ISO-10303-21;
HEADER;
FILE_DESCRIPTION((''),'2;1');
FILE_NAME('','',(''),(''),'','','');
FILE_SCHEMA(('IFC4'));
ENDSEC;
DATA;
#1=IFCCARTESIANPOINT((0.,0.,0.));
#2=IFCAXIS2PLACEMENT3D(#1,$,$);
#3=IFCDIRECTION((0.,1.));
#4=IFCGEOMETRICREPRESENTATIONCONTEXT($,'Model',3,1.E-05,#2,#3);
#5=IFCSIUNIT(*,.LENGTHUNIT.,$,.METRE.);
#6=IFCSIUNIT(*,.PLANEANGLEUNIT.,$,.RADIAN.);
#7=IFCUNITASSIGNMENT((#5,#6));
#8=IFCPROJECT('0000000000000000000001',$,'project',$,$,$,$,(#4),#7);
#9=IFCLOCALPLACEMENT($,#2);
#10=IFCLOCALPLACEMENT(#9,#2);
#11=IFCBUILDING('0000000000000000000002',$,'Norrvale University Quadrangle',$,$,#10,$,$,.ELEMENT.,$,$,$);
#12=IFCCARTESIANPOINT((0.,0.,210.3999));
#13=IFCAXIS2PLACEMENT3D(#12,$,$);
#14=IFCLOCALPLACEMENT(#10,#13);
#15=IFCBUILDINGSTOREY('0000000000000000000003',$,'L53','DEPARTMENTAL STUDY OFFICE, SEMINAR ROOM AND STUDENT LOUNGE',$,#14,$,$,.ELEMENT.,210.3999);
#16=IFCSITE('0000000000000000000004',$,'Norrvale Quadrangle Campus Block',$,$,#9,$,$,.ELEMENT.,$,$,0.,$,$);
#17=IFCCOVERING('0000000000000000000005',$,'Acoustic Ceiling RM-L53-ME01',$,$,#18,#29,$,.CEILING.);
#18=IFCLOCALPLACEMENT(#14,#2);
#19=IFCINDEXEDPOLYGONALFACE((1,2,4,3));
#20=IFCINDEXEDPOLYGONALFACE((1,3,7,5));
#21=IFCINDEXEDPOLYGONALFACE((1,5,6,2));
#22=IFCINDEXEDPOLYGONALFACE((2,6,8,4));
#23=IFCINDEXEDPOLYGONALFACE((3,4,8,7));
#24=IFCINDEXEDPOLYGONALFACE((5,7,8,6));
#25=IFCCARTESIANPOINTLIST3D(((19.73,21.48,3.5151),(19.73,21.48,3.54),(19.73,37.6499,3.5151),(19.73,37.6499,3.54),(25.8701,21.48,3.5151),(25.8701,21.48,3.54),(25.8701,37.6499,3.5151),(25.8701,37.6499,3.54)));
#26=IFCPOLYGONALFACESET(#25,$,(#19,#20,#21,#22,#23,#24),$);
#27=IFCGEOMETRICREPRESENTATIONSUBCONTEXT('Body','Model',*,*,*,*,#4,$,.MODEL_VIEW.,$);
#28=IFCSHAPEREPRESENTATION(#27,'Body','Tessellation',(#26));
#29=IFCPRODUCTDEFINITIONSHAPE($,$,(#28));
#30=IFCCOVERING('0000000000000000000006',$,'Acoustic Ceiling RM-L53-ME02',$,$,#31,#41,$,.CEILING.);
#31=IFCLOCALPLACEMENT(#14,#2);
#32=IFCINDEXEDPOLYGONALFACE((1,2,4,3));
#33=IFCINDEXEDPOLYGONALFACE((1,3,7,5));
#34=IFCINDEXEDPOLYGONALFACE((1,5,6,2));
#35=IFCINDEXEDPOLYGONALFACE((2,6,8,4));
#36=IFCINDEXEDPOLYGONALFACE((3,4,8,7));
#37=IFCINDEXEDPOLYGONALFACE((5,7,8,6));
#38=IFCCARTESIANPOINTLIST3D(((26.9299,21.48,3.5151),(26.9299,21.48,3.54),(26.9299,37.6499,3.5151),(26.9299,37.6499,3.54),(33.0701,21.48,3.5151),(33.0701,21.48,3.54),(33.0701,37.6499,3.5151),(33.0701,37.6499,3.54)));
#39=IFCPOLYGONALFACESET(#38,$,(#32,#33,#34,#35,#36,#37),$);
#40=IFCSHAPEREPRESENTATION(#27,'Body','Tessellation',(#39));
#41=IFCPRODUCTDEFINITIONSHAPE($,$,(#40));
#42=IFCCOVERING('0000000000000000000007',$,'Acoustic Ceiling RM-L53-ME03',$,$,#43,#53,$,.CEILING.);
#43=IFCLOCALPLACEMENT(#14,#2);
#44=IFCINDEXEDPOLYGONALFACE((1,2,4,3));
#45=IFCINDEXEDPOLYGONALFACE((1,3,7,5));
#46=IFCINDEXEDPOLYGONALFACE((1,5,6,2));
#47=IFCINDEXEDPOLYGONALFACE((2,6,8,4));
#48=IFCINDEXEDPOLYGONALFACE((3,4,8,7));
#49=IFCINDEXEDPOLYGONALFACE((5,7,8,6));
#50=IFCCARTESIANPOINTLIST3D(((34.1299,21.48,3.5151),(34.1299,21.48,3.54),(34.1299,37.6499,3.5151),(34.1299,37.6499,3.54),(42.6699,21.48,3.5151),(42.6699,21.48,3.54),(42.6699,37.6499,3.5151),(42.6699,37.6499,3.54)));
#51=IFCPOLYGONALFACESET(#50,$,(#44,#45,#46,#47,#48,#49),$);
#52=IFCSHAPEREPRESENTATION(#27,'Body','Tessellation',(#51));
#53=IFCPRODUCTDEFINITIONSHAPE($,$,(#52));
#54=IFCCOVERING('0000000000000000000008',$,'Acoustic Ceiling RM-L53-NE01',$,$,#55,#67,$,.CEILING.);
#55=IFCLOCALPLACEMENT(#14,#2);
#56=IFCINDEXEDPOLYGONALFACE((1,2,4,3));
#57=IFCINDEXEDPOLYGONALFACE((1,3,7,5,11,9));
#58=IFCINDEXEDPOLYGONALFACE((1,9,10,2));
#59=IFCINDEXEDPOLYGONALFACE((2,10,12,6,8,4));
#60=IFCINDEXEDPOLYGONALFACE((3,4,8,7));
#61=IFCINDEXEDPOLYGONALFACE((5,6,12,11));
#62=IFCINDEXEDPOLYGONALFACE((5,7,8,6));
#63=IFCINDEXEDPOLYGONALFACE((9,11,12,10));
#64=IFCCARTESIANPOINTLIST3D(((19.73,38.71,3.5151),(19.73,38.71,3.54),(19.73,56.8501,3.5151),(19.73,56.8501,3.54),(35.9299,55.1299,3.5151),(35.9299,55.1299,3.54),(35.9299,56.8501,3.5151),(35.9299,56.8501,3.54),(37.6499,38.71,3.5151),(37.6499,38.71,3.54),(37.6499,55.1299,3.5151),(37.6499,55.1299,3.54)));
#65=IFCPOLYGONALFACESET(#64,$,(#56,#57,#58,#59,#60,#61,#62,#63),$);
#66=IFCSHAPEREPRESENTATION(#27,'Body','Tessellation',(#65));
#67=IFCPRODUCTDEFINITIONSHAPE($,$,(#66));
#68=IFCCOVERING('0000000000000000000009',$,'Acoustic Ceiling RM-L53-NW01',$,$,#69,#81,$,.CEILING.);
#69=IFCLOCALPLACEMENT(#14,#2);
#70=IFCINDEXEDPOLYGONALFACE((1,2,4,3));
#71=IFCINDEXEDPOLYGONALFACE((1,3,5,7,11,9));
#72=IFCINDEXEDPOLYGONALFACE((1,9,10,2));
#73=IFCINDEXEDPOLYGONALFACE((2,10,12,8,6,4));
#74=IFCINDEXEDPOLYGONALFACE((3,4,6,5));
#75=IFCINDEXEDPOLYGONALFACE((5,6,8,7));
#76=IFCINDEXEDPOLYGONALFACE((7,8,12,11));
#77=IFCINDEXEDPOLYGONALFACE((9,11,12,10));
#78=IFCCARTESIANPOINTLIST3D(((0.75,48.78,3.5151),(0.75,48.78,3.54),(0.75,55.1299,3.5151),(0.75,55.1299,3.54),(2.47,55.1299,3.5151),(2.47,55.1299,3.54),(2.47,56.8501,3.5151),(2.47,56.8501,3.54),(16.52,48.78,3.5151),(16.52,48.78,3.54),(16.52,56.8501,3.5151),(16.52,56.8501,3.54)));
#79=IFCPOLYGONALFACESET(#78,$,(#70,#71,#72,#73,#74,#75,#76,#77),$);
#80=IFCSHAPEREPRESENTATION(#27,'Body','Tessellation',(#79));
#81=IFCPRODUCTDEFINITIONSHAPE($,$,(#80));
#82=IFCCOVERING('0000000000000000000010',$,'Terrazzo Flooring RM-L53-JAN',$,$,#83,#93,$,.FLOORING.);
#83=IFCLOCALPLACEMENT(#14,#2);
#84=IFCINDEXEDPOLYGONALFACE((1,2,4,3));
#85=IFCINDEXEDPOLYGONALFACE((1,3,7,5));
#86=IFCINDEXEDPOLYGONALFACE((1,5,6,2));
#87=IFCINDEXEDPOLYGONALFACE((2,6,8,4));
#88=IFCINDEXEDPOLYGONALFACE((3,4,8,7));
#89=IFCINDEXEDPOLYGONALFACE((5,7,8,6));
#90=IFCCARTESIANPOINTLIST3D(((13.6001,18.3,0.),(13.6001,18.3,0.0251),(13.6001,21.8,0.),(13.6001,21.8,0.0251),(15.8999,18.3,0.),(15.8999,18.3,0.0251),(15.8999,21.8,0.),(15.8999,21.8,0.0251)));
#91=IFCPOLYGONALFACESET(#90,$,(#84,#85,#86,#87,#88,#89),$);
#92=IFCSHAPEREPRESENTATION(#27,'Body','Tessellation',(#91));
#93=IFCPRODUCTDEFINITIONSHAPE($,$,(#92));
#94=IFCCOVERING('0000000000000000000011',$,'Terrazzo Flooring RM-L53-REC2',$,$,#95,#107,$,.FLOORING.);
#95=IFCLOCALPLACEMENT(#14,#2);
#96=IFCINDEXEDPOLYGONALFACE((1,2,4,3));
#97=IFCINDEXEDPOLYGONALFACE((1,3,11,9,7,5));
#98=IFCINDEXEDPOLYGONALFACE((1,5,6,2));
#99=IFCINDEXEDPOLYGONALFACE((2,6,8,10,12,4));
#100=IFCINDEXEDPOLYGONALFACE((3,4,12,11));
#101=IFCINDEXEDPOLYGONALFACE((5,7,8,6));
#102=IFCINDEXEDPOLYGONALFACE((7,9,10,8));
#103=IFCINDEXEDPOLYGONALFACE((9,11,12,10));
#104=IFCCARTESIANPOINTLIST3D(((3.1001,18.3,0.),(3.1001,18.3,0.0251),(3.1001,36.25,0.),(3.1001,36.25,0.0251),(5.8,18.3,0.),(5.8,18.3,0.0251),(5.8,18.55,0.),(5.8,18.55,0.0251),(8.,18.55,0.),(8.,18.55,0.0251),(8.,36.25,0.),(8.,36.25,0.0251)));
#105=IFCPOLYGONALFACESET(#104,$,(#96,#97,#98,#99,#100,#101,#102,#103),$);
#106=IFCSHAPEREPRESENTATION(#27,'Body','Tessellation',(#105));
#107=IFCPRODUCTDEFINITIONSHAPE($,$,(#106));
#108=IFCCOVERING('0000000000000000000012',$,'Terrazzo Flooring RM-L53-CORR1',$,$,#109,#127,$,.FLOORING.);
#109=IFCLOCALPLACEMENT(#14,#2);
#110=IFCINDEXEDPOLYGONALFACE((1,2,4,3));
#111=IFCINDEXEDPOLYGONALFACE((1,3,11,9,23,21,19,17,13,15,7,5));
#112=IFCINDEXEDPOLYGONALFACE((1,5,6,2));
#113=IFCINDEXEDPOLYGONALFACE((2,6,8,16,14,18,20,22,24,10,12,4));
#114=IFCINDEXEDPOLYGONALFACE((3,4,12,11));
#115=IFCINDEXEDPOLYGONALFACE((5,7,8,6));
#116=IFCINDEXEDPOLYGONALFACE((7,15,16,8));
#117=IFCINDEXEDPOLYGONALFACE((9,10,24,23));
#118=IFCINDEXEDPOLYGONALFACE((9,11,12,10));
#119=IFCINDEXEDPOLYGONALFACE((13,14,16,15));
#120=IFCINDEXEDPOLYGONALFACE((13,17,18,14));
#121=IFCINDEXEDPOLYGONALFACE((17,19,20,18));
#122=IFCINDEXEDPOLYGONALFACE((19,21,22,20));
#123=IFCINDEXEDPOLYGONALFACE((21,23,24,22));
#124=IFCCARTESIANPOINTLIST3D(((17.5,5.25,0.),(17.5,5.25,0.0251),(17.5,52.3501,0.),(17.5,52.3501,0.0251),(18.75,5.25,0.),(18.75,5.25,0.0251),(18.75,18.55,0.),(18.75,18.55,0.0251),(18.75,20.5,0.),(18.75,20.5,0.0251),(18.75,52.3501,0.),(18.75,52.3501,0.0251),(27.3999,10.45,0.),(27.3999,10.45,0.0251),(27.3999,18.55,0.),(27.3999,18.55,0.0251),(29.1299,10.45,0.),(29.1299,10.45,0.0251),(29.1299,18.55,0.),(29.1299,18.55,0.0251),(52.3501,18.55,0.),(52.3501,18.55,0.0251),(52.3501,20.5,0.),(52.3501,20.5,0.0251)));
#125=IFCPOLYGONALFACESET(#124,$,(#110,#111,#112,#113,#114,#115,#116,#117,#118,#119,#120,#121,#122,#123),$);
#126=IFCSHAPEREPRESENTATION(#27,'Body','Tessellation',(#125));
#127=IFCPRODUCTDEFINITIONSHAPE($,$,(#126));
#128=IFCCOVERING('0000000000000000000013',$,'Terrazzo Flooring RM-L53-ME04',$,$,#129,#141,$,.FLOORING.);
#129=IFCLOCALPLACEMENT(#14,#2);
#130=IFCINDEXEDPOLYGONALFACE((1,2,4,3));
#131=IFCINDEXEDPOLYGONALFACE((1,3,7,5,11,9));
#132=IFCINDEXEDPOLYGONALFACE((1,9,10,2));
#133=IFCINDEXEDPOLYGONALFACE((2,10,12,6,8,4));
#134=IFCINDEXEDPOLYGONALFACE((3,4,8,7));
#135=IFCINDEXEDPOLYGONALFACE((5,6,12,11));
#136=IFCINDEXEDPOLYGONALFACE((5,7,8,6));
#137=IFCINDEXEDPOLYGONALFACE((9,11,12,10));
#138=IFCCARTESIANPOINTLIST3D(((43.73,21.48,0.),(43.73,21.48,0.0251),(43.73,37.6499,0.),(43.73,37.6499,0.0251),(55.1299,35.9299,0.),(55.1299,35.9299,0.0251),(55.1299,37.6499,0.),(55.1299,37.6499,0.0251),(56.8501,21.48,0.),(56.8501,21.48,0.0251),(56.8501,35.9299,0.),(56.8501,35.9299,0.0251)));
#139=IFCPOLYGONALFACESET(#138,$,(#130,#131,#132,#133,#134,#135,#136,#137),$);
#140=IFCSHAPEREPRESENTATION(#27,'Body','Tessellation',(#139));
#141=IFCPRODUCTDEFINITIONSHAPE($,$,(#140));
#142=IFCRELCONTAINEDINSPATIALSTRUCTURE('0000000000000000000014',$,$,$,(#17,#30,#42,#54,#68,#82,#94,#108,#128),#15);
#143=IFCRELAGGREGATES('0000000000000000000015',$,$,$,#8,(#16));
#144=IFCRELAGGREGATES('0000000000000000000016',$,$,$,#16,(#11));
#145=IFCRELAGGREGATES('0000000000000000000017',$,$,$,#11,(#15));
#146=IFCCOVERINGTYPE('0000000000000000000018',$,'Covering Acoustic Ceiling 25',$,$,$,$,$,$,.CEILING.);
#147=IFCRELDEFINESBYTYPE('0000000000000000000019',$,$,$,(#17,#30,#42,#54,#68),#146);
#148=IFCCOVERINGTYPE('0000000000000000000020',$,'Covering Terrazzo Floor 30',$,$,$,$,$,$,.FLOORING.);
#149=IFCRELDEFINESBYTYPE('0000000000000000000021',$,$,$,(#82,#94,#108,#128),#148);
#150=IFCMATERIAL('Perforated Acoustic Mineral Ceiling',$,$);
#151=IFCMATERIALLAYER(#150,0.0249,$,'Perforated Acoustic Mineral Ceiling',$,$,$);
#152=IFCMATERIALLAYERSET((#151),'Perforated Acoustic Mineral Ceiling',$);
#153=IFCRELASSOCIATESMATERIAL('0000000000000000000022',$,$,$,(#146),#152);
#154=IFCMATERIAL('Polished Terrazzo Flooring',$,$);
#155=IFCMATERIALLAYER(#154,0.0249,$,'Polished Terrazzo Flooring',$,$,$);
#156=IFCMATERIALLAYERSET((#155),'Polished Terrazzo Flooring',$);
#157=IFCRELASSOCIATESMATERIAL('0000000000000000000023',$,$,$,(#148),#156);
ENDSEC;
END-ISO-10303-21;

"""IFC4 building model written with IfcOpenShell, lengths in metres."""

from ifc_helpers import new_model, si_unit, direction, frame, origin, place, context, subcontext, project, spatial, polyline, outline, extrude, material, layer, layer_set, type_object, element, save


model = new_model("IFC4")

# Units and contexts
model_context = context("Model", 3, precision=1e-05, world=origin(), true_north=direction((0.0, 1.0)))
body_context = subcontext(model_context, "Body", "Model", "MODEL_VIEW")
ifc_project = project(units=[si_unit("LENGTHUNIT", "METRE"), si_unit("PLANEANGLEUNIT", "RADIAN")], contexts=[model_context])

# Site, building, storey
site_placement = place(None, origin())
site = spatial("IfcSite", under=ifc_project, at=site_placement, Name="Norrvale Quadrangle Campus Block", CompositionType="ELEMENT", RefElevation=0.0)
building_placement = place(site_placement, origin())
building = spatial("IfcBuilding", under=site, at=building_placement, Name="Norrvale University Quadrangle", CompositionType="ELEMENT")
storey_placement = place(building_placement, frame((0.0, 0.0, 210.3999)))
storey = spatial("IfcBuildingStorey", under=building, at=storey_placement, Name="L53", Description="DEPARTMENTAL STUDY OFFICE, SEMINAR ROOM AND STUDENT LOUNGE", CompositionType="ELEMENT", Elevation=210.3999)

# Coverings
ifc_material_1 = material(Name="Perforated Acoustic Mineral Ceiling")
ifc_layer_1 = layer(ifc_material_1, 0.0249, Name="Perforated Acoustic Mineral Ceiling")
ifc_layer_set_1 = layer_set([ifc_layer_1], Name="Perforated Acoustic Mineral Ceiling")
covering_type_1 = type_object("IfcCoveringType", Name="Covering Acoustic Ceiling 25", PredefinedType="CEILING", material=ifc_layer_set_1)
covering_1_placement = place(storey_placement, frame((0.0, 0.0, 3.5151)))
element("IfcCovering", 1, at=covering_1_placement, inside=storey, type_object=covering_type_1, Name="Acoustic Ceiling RM-L53-ME01", PredefinedType="CEILING", context=body_context, shape_type="SweptSolid", body=[
    extrude(outline(polyline([(19.73, 37.6499), (25.8701, 37.6499), (25.8701, 21.48), (19.73, 21.48), (19.73, 37.6499)])), origin(), (0.0, 0.0, 1.0), 0.0249),
])
covering_2_placement = place(storey_placement, frame((0.0, 0.0, 3.5151)))
element("IfcCovering", 2, at=covering_2_placement, inside=storey, type_object=covering_type_1, Name="Acoustic Ceiling RM-L53-ME02", PredefinedType="CEILING", context=body_context, shape_type="SweptSolid", body=[
    extrude(outline(polyline([(26.9299, 37.6499), (33.0701, 37.6499), (33.0701, 21.48), (26.9299, 21.48), (26.9299, 37.6499)])), origin(), (0.0, 0.0, 1.0), 0.0249),
])
covering_3_placement = place(storey_placement, frame((0.0, 0.0, 3.5151)))
element("IfcCovering", 3, at=covering_3_placement, inside=storey, type_object=covering_type_1, Name="Acoustic Ceiling RM-L53-ME03", PredefinedType="CEILING", context=body_context, shape_type="SweptSolid", body=[
    extrude(outline(polyline([(34.1299, 37.6499), (42.6699, 37.6499), (42.6699, 21.48), (34.1299, 21.48), (34.1299, 37.6499)])), origin(), (0.0, 0.0, 1.0), 0.0249),
])
covering_4_placement = place(storey_placement, frame((0.0, 0.0, 3.5151)))
element("IfcCovering", 4, at=covering_4_placement, inside=storey, type_object=covering_type_1, Name="Acoustic Ceiling RM-L53-NE01", PredefinedType="CEILING", context=body_context, shape_type="SweptSolid", body=[
    extrude(outline(polyline([(37.6499, 38.71), (19.73, 38.71), (19.73, 56.8501), (35.9299, 56.8501), (35.9299, 55.1299), (37.6499, 55.1299), (37.6499, 38.71)])), origin(), (0.0, 0.0, 1.0), 0.0249),
])
covering_5_placement = place(storey_placement, frame((0.0, 0.0, 3.5151)))
element("IfcCovering", 5, at=covering_5_placement, inside=storey, type_object=covering_type_1, Name="Acoustic Ceiling RM-L53-NW01", PredefinedType="CEILING", context=body_context, shape_type="SweptSolid", body=[
    extrude(outline(polyline([(16.52, 56.8501), (16.52, 48.78), (0.75, 48.78), (0.75, 55.1299), (2.47, 55.1299), (2.47, 56.8501), (16.52, 56.8501)])), origin(), (0.0, 0.0, 1.0), 0.0249),
])
ifc_material_2 = material(Name="Polished Terrazzo Flooring")
ifc_layer_2 = layer(ifc_material_2, 0.0249, Name="Polished Terrazzo Flooring")
ifc_layer_set_2 = layer_set([ifc_layer_2], Name="Polished Terrazzo Flooring")
covering_type_2 = type_object("IfcCoveringType", Name="Covering Terrazzo Floor 30", PredefinedType="FLOORING", material=ifc_layer_set_2)
covering_6_placement = place(storey_placement, origin())
element("IfcCovering", 6, at=covering_6_placement, inside=storey, type_object=covering_type_2, Name="Terrazzo Flooring RM-L53-JAN", PredefinedType="FLOORING", context=body_context, shape_type="SweptSolid", body=[
    extrude(outline(polyline([(13.6001, 18.3), (13.6001, 21.8), (15.8999, 21.8), (15.8999, 18.3), (13.6001, 18.3)])), origin(), (0.0, 0.0, 1.0), 0.0251),
])
covering_7_placement = place(storey_placement, origin())
element("IfcCovering", 7, at=covering_7_placement, inside=storey, type_object=covering_type_2, Name="Terrazzo Flooring RM-L53-REC2", PredefinedType="FLOORING", context=body_context, shape_type="SweptSolid", body=[
    extrude(outline(polyline([(3.1001, 18.3), (3.1001, 36.25), (8.0, 36.25), (8.0, 18.55), (5.8, 18.55), (5.8, 18.3), (3.1001, 18.3)])), origin(), (0.0, 0.0, 1.0), 0.0251),
])
covering_8_placement = place(storey_placement, origin())
element("IfcCovering", 8, at=covering_8_placement, inside=storey, type_object=covering_type_2, Name="Terrazzo Flooring RM-L53-CORR1", PredefinedType="FLOORING", context=body_context, shape_type="SweptSolid", body=[
    extrude(outline(polyline([(17.5, 5.25), (17.5, 52.3501), (18.75, 52.3501), (18.75, 20.5), (52.3501, 20.5), (52.3501, 18.55), (29.1299, 18.55), (29.1299, 10.45), (27.3999, 10.45), (27.3999, 18.55), (18.75, 18.55), (18.75, 5.25), (17.5, 5.25)])), origin(), (0.0, 0.0, 1.0), 0.0251),
])
covering_9_placement = place(storey_placement, origin())
element("IfcCovering", 9, at=covering_9_placement, inside=storey, type_object=covering_type_2, Name="Terrazzo Flooring RM-L53-ME04", PredefinedType="FLOORING", context=body_context, shape_type="SweptSolid", body=[
    extrude(outline(polyline([(56.8501, 21.48), (43.73, 21.48), (43.73, 37.6499), (55.1299, 37.6499), (55.1299, 35.9299), (56.8501, 35.9299), (56.8501, 21.48)])), origin(), (0.0, 0.0, 1.0), 0.0251),
])

save(model, "model.ifc")
